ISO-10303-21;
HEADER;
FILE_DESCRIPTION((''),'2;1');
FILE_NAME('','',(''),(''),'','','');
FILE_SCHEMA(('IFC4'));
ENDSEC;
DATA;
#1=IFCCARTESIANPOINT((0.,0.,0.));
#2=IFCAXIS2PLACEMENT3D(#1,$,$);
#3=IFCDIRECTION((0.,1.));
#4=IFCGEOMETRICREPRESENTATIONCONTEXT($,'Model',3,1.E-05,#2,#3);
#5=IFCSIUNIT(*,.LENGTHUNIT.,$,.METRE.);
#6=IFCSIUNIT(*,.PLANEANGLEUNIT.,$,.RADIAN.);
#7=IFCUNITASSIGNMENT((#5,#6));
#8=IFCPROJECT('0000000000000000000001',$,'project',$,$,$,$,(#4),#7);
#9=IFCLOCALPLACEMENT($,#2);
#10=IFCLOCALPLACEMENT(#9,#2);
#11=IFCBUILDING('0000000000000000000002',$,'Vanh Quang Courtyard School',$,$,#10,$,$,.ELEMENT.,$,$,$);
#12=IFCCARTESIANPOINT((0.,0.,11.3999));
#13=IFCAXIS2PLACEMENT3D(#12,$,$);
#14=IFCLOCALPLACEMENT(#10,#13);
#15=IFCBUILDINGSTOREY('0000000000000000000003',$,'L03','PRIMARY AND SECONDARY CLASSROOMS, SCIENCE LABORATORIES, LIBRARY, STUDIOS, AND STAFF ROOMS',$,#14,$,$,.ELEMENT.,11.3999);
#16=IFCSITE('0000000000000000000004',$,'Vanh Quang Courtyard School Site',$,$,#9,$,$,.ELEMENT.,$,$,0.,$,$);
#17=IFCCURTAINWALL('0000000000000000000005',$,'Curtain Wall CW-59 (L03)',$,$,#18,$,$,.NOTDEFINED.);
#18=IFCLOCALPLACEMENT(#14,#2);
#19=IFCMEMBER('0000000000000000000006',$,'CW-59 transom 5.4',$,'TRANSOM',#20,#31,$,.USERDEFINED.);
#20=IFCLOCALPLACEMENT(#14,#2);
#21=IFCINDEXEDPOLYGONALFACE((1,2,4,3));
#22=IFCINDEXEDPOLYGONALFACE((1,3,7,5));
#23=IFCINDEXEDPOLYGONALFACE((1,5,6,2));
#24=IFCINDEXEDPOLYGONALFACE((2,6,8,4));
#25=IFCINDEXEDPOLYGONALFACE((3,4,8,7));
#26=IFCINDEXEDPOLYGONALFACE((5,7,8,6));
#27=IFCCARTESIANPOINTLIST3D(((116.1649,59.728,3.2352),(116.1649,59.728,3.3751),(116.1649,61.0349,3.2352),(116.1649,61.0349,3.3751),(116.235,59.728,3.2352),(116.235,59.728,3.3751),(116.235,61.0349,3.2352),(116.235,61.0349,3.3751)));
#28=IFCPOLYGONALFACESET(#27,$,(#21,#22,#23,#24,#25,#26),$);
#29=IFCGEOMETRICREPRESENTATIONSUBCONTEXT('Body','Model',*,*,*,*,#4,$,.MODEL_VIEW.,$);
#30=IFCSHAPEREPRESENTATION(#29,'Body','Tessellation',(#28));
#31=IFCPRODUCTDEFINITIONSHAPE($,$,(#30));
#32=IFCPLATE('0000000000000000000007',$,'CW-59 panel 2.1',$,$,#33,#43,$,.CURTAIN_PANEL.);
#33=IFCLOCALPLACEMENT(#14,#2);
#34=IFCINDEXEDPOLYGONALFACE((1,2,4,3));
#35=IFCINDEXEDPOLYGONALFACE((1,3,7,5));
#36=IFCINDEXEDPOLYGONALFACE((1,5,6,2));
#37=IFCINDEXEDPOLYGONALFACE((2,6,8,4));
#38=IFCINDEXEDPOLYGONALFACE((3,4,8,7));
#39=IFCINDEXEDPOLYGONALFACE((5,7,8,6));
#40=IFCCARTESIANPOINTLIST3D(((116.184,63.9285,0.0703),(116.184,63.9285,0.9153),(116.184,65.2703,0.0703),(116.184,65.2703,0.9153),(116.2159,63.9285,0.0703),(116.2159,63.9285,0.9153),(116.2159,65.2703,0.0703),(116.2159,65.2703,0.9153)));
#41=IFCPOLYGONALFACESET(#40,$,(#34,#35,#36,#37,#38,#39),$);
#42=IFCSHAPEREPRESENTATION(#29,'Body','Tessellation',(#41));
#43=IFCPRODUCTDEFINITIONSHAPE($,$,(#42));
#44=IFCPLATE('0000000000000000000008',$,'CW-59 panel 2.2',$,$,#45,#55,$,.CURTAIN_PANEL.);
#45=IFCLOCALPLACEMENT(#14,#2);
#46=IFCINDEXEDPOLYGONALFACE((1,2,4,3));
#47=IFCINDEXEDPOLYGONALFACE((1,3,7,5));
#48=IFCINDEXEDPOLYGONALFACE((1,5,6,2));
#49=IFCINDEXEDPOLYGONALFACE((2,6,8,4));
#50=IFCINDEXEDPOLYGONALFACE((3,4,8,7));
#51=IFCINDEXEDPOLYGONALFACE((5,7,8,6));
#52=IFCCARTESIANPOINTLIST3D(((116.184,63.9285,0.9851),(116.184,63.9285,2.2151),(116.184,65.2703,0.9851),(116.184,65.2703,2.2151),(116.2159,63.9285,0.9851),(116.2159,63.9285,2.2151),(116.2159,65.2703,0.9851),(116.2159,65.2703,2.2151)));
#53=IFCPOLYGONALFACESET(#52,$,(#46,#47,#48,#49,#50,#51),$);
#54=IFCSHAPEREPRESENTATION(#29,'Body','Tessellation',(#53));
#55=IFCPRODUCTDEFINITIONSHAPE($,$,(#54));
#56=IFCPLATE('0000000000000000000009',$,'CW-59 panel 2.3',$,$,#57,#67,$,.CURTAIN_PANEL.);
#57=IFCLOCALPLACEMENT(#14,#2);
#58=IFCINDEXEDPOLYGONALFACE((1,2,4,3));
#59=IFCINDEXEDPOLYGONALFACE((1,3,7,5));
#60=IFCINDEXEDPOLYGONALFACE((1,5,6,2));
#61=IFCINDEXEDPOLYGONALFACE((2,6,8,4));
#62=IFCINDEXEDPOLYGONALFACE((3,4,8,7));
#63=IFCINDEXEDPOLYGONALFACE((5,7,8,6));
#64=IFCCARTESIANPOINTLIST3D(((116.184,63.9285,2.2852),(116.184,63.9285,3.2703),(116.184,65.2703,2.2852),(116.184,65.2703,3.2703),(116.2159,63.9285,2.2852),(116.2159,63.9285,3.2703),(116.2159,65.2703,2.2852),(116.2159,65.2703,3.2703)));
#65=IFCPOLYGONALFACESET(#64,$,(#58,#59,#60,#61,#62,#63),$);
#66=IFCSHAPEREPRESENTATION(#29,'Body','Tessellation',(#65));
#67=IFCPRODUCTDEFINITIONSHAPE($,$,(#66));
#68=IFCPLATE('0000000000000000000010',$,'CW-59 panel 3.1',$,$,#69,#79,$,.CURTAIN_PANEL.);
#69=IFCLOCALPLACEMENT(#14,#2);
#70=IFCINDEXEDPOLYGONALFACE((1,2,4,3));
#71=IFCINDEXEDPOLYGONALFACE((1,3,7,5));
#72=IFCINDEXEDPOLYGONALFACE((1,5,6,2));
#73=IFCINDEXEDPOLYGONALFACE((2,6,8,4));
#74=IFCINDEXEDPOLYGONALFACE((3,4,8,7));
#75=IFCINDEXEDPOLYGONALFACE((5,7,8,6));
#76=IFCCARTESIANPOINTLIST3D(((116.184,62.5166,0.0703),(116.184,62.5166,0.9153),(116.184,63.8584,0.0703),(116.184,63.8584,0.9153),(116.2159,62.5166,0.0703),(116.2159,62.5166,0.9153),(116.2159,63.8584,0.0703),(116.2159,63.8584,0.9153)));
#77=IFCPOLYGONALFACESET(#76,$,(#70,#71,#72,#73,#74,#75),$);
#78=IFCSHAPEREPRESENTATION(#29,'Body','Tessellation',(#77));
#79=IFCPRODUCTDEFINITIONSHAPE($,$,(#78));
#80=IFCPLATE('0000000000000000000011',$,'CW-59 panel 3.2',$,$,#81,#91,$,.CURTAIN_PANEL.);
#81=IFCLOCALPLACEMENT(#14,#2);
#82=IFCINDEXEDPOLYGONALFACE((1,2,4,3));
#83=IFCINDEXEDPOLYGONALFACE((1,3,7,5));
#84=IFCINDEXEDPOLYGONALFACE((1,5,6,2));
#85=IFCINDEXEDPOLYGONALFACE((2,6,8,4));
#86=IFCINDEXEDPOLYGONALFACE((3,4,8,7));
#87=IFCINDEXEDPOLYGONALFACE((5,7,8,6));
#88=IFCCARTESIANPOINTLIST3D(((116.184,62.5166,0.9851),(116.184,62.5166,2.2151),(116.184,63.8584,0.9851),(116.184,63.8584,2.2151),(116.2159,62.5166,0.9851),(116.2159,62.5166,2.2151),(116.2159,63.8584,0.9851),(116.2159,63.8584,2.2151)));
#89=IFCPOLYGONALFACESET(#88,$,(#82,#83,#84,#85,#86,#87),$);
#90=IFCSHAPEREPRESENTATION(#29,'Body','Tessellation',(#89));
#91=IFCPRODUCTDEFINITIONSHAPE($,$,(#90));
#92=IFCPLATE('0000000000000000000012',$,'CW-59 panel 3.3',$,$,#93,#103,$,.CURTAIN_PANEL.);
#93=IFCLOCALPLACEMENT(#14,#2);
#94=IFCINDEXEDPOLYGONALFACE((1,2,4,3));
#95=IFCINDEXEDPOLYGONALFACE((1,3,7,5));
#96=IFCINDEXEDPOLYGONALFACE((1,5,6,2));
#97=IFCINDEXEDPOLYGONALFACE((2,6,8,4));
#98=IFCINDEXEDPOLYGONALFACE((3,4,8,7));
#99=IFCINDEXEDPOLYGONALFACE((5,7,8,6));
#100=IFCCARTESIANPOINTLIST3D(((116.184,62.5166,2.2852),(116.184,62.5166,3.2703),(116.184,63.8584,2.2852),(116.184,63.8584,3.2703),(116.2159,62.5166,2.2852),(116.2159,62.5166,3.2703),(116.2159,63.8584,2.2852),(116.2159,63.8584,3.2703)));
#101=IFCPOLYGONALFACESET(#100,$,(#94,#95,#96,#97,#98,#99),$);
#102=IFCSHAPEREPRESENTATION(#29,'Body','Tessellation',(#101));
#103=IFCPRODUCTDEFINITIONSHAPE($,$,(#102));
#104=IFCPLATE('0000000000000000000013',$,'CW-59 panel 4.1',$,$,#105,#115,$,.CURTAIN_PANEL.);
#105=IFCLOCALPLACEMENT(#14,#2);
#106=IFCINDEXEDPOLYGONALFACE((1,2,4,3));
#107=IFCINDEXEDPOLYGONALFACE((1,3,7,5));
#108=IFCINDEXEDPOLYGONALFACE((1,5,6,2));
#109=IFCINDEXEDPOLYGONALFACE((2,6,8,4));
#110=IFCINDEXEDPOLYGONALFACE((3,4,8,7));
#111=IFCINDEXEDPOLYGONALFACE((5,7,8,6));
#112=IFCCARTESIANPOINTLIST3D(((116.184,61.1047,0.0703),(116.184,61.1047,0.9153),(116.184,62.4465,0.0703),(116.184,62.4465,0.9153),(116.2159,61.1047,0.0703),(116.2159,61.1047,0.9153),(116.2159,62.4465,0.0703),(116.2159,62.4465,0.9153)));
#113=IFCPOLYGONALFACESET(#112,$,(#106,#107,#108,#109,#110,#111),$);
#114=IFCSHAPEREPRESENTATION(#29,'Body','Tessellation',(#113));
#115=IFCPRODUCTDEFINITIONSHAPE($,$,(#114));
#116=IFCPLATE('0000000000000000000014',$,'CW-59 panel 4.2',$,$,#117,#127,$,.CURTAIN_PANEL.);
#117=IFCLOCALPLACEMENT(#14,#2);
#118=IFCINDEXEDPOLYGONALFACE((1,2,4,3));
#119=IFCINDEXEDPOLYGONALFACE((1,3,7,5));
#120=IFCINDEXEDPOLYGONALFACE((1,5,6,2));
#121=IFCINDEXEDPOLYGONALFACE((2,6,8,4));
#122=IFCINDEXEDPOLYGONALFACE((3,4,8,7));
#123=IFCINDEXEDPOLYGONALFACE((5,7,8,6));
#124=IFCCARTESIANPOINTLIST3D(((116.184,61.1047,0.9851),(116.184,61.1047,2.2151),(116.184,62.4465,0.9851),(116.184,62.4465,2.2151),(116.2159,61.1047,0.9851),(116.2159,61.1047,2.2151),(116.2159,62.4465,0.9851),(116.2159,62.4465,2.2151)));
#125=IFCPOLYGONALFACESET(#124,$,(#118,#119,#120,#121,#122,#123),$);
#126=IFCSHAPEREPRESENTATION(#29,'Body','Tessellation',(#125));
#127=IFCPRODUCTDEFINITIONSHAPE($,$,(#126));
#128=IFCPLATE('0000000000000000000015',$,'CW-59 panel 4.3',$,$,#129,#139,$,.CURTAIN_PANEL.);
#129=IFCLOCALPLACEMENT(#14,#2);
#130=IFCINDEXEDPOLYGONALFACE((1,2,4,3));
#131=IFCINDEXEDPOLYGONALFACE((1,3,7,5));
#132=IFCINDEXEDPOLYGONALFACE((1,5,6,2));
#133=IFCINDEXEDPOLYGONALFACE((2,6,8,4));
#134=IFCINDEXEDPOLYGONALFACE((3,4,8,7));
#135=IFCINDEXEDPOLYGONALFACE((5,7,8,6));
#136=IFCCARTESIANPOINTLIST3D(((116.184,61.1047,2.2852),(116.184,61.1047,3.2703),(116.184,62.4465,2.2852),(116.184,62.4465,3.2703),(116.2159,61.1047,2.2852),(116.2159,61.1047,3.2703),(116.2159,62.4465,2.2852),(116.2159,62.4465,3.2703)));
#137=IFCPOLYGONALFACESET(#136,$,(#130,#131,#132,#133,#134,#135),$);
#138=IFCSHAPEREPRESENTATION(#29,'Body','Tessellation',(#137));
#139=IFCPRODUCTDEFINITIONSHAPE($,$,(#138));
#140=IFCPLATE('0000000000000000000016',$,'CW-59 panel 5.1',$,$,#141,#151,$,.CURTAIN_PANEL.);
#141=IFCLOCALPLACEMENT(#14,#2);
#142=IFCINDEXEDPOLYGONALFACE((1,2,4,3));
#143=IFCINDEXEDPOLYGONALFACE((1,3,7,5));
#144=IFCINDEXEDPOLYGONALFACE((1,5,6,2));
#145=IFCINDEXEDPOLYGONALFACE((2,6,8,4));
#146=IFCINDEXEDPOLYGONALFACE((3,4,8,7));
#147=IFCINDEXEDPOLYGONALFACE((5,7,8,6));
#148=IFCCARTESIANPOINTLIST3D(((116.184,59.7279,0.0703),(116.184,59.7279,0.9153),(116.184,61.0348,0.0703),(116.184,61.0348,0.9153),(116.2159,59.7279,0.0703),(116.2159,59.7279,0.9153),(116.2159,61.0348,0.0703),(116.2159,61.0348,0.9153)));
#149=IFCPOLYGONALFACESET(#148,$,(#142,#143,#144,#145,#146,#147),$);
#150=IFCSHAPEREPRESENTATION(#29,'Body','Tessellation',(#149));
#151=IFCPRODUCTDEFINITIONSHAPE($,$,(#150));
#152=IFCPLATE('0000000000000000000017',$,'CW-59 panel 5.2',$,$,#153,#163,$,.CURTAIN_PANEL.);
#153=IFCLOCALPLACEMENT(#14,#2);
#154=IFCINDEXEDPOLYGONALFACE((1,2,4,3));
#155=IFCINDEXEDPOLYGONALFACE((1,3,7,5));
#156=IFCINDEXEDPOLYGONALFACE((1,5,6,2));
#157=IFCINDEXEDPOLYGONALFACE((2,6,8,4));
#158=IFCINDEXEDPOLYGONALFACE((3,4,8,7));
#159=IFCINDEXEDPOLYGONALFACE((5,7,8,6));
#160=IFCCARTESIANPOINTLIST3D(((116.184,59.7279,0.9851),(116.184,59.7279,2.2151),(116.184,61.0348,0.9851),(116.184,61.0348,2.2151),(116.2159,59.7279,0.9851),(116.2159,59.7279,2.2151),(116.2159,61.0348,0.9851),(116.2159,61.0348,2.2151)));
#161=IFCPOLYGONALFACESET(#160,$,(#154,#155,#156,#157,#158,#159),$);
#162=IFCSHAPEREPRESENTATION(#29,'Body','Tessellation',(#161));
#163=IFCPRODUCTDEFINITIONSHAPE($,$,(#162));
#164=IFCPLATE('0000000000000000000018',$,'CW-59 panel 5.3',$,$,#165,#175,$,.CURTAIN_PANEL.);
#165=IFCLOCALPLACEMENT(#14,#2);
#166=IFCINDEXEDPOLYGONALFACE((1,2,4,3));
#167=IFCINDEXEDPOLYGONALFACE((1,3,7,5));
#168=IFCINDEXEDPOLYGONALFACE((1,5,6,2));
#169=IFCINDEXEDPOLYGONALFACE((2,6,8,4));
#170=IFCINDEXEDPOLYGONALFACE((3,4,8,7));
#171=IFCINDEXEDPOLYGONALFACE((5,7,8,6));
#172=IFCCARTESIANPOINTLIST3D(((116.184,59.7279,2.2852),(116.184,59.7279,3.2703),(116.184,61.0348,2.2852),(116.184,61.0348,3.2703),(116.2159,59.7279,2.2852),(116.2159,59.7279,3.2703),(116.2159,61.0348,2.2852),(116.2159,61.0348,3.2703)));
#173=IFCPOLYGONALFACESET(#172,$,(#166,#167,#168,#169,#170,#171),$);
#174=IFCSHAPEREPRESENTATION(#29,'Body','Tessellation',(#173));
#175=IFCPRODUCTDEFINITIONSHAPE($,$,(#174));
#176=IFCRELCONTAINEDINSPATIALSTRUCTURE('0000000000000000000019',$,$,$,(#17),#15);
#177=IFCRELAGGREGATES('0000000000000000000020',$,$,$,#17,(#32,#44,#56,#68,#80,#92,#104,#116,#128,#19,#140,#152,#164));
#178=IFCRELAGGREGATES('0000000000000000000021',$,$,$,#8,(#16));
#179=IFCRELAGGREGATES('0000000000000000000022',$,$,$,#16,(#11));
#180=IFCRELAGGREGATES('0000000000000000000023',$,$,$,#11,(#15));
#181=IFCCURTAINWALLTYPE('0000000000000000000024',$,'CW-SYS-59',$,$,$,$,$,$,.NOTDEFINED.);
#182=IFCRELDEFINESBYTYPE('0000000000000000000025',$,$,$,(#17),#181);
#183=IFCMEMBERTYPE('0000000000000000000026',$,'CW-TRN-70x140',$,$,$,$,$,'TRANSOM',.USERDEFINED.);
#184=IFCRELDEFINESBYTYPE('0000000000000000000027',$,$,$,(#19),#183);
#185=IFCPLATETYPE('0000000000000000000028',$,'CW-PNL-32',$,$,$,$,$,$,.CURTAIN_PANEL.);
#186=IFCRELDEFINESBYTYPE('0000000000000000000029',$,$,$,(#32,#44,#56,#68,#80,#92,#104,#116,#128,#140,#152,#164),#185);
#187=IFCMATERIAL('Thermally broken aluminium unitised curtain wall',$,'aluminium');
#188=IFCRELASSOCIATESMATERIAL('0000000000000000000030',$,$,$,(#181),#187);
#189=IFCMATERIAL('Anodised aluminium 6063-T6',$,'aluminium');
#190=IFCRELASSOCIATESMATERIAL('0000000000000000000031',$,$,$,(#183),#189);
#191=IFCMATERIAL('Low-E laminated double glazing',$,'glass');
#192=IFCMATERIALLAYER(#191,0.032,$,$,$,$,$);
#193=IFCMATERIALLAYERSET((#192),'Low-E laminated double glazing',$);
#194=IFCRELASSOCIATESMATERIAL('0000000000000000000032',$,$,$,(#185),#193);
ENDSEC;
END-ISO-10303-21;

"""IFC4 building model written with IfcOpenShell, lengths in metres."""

from ifc_helpers import new_model, si_unit, direction, frame, origin, origin_2d, place, context, subcontext, project, spatial, rectangle, extrude, material, layer, layer_set, material_profile, profile_set, type_object, element, aggregate, save


model = new_model("IFC4")

# Units and contexts
model_context = context("Model", 3, precision=1e-05, world=origin(), true_north=direction((0.0, 1.0)))
body_context = subcontext(model_context, "Body", "Model", "MODEL_VIEW")
ifc_project = project(units=[si_unit("LENGTHUNIT", "METRE"), si_unit("PLANEANGLEUNIT", "RADIAN")], contexts=[model_context])

# Site, building, storey
site_placement = place(None, origin())
site = spatial("IfcSite", under=ifc_project, at=site_placement, Name="Vanh Quang Courtyard School Site", CompositionType="ELEMENT", RefElevation=0.0)
building_placement = place(site_placement, origin())
building = spatial("IfcBuilding", under=site, at=building_placement, Name="Vanh Quang Courtyard School", CompositionType="ELEMENT")
storey_placement = place(building_placement, frame((0.0, 0.0, 11.3999)))
storey = spatial("IfcBuildingStorey", under=building, at=storey_placement, Name="L03", Description="PRIMARY AND SECONDARY CLASSROOMS, SCIENCE LABORATORIES, LIBRARY, STUDIOS, AND STAFF ROOMS", CompositionType="ELEMENT", Elevation=11.3999)

# Curtain wall, member, plates
ifc_material_1 = material(Name="Thermally broken aluminium unitised curtain wall", Category="aluminium")
curtain_wall_type = type_object("IfcCurtainWallType", Name="CW-SYS-59", PredefinedType="NOTDEFINED", material=ifc_material_1)
curtain_wall_placement = place(storey_placement, origin())
curtain_wall = element("IfcCurtainWall", 1, at=curtain_wall_placement, inside=storey, type_object=curtain_wall_type, Name="Curtain Wall CW-59 (L03)", PredefinedType="NOTDEFINED")
ifc_material_2 = material(Name="Anodised aluminium 6063-T6", Category="aluminium")
ifc_material_profile_1 = material_profile(ifc_material_2, rectangle(XDim=0.0701, YDim=0.1399, at=origin_2d()), Name="ALU-TRN 70x140")
ifc_profile_set_1 = profile_set([ifc_material_profile_1], Name="Anodised aluminium 6063-T6")
member_type_1 = type_object("IfcMemberType", Name="CW-TRN-70x140", ElementType="TRANSOM", PredefinedType="USERDEFINED", material=ifc_profile_set_1)
member_1_placement = place(storey_placement, frame((116.2, 61.0349, 3.3052), z_axis=(0.0, -1.0, 0.0), x_axis=(1.0, 0.0, 0.0)))
member_1 = element("IfcMember", 2, at=member_1_placement, type_object=member_type_1, Name="CW-59 transom 5.4", ObjectType="TRANSOM", PredefinedType="USERDEFINED", context=body_context, shape_type="SweptSolid", body=[
    extrude(rectangle(XDim=0.0701, YDim=0.1399, at=origin_2d()), origin(), (0.0, 0.0, 1.0), 1.3069),
])
ifc_material_3 = material(Name="Low-E laminated double glazing", Category="glass")
ifc_layer = layer(ifc_material_3, 0.032)
ifc_layer_set = layer_set([ifc_layer], Name="Low-E laminated double glazing")
plate_type = type_object("IfcPlateType", Name="CW-PNL-32", PredefinedType="CURTAIN_PANEL", material=ifc_layer_set)
plate_1_placement = place(storey_placement, frame((116.2, 64.5994, 0.0703), z_axis=(0.0, 0.0, 1.0), x_axis=(0.0, -1.0, 0.0)))
plate_1 = element("IfcPlate", 3, at=plate_1_placement, type_object=plate_type, Name="CW-59 panel 2.1", PredefinedType="CURTAIN_PANEL", context=body_context, shape_type="SweptSolid", body=[
    extrude(rectangle(XDim=1.3418, YDim=0.032, at=origin_2d()), origin(), (0.0, 0.0, 1.0), 0.845),
])
plate_2_placement = place(storey_placement, frame((116.2, 64.5994, 0.9851), z_axis=(0.0, 0.0, 1.0), x_axis=(0.0, -1.0, 0.0)))
plate_2 = element("IfcPlate", 4, at=plate_2_placement, type_object=plate_type, Name="CW-59 panel 2.2", PredefinedType="CURTAIN_PANEL", context=body_context, shape_type="SweptSolid", body=[
    extrude(rectangle(XDim=1.3418, YDim=0.032, at=origin_2d()), origin(), (0.0, 0.0, 1.0), 1.23),
])
plate_3_placement = place(storey_placement, frame((116.2, 64.5994, 2.2852), z_axis=(0.0, 0.0, 1.0), x_axis=(0.0, -1.0, 0.0)))
plate_3 = element("IfcPlate", 5, at=plate_3_placement, type_object=plate_type, Name="CW-59 panel 2.3", PredefinedType="CURTAIN_PANEL", context=body_context, shape_type="SweptSolid", body=[
    extrude(rectangle(XDim=1.3418, YDim=0.032, at=origin_2d()), origin(), (0.0, 0.0, 1.0), 0.9851),
])
plate_4_placement = place(storey_placement, frame((116.2, 63.1875, 0.0703), z_axis=(0.0, 0.0, 1.0), x_axis=(0.0, -1.0, 0.0)))
plate_4 = element("IfcPlate", 6, at=plate_4_placement, type_object=plate_type, Name="CW-59 panel 3.1", PredefinedType="CURTAIN_PANEL", context=body_context, shape_type="SweptSolid", body=[
    extrude(rectangle(XDim=1.3418, YDim=0.032, at=origin_2d()), origin(), (0.0, 0.0, 1.0), 0.845),
])
plate_5_placement = place(storey_placement, frame((116.2, 63.1875, 0.9851), z_axis=(0.0, 0.0, 1.0), x_axis=(0.0, -1.0, 0.0)))
plate_5 = element("IfcPlate", 7, at=plate_5_placement, type_object=plate_type, Name="CW-59 panel 3.2", PredefinedType="CURTAIN_PANEL", context=body_context, shape_type="SweptSolid", body=[
    extrude(rectangle(XDim=1.3418, YDim=0.032, at=origin_2d()), origin(), (0.0, 0.0, 1.0), 1.23),
])
plate_6_placement = place(storey_placement, frame((116.2, 63.1875, 2.2852), z_axis=(0.0, 0.0, 1.0), x_axis=(0.0, -1.0, 0.0)))
plate_6 = element("IfcPlate", 8, at=plate_6_placement, type_object=plate_type, Name="CW-59 panel 3.3", PredefinedType="CURTAIN_PANEL", context=body_context, shape_type="SweptSolid", body=[
    extrude(rectangle(XDim=1.3418, YDim=0.032, at=origin_2d()), origin(), (0.0, 0.0, 1.0), 0.9851),
])
plate_7_placement = place(storey_placement, frame((116.2, 61.7756, 0.0703), z_axis=(0.0, 0.0, 1.0), x_axis=(0.0, -1.0, 0.0)))
plate_7 = element("IfcPlate", 9, at=plate_7_placement, type_object=plate_type, Name="CW-59 panel 4.1", PredefinedType="CURTAIN_PANEL", context=body_context, shape_type="SweptSolid", body=[
    extrude(rectangle(XDim=1.3418, YDim=0.032, at=origin_2d()), origin(), (0.0, 0.0, 1.0), 0.845),
])
plate_8_placement = place(storey_placement, frame((116.2, 61.7756, 0.9851), z_axis=(0.0, 0.0, 1.0), x_axis=(0.0, -1.0, 0.0)))
plate_8 = element("IfcPlate", 10, at=plate_8_placement, type_object=plate_type, Name="CW-59 panel 4.2", PredefinedType="CURTAIN_PANEL", context=body_context, shape_type="SweptSolid", body=[
    extrude(rectangle(XDim=1.3418, YDim=0.032, at=origin_2d()), origin(), (0.0, 0.0, 1.0), 1.23),
])
plate_9_placement = place(storey_placement, frame((116.2, 61.7756, 2.2852), z_axis=(0.0, 0.0, 1.0), x_axis=(0.0, -1.0, 0.0)))
plate_9 = element("IfcPlate", 11, at=plate_9_placement, type_object=plate_type, Name="CW-59 panel 4.3", PredefinedType="CURTAIN_PANEL", context=body_context, shape_type="SweptSolid", body=[
    extrude(rectangle(XDim=1.3418, YDim=0.032, at=origin_2d()), origin(), (0.0, 0.0, 1.0), 0.9851),
])
plate_10_placement = place(storey_placement, frame((116.2, 60.3813, 0.0703), z_axis=(0.0, 0.0, 1.0), x_axis=(0.0, -1.0, 0.0)))
plate_10 = element("IfcPlate", 12, at=plate_10_placement, type_object=plate_type, Name="CW-59 panel 5.1", PredefinedType="CURTAIN_PANEL", context=body_context, shape_type="SweptSolid", body=[
    extrude(rectangle(XDim=1.3069, YDim=0.032, at=origin_2d()), origin(), (0.0, 0.0, 1.0), 0.845),
])
plate_11_placement = place(storey_placement, frame((116.2, 60.3813, 0.9851), z_axis=(0.0, 0.0, 1.0), x_axis=(0.0, -1.0, 0.0)))
plate_11 = element("IfcPlate", 13, at=plate_11_placement, type_object=plate_type, Name="CW-59 panel 5.2", PredefinedType="CURTAIN_PANEL", context=body_context, shape_type="SweptSolid", body=[
    extrude(rectangle(XDim=1.3069, YDim=0.032, at=origin_2d()), origin(), (0.0, 0.0, 1.0), 1.23),
])
plate_12_placement = place(storey_placement, frame((116.2, 60.3813, 2.2852), z_axis=(0.0, 0.0, 1.0), x_axis=(0.0, -1.0, 0.0)))
plate_12 = element("IfcPlate", 14, at=plate_12_placement, type_object=plate_type, Name="CW-59 panel 5.3", PredefinedType="CURTAIN_PANEL", context=body_context, shape_type="SweptSolid", body=[
    extrude(rectangle(XDim=1.3069, YDim=0.032, at=origin_2d()), origin(), (0.0, 0.0, 1.0), 0.9851),
])
aggregate(curtain_wall, [plate_1, plate_2, plate_3, plate_4, plate_5, plate_6, plate_7, plate_8, plate_9, member_1, plate_10, plate_11, plate_12])

save(model, "model.ifc")
